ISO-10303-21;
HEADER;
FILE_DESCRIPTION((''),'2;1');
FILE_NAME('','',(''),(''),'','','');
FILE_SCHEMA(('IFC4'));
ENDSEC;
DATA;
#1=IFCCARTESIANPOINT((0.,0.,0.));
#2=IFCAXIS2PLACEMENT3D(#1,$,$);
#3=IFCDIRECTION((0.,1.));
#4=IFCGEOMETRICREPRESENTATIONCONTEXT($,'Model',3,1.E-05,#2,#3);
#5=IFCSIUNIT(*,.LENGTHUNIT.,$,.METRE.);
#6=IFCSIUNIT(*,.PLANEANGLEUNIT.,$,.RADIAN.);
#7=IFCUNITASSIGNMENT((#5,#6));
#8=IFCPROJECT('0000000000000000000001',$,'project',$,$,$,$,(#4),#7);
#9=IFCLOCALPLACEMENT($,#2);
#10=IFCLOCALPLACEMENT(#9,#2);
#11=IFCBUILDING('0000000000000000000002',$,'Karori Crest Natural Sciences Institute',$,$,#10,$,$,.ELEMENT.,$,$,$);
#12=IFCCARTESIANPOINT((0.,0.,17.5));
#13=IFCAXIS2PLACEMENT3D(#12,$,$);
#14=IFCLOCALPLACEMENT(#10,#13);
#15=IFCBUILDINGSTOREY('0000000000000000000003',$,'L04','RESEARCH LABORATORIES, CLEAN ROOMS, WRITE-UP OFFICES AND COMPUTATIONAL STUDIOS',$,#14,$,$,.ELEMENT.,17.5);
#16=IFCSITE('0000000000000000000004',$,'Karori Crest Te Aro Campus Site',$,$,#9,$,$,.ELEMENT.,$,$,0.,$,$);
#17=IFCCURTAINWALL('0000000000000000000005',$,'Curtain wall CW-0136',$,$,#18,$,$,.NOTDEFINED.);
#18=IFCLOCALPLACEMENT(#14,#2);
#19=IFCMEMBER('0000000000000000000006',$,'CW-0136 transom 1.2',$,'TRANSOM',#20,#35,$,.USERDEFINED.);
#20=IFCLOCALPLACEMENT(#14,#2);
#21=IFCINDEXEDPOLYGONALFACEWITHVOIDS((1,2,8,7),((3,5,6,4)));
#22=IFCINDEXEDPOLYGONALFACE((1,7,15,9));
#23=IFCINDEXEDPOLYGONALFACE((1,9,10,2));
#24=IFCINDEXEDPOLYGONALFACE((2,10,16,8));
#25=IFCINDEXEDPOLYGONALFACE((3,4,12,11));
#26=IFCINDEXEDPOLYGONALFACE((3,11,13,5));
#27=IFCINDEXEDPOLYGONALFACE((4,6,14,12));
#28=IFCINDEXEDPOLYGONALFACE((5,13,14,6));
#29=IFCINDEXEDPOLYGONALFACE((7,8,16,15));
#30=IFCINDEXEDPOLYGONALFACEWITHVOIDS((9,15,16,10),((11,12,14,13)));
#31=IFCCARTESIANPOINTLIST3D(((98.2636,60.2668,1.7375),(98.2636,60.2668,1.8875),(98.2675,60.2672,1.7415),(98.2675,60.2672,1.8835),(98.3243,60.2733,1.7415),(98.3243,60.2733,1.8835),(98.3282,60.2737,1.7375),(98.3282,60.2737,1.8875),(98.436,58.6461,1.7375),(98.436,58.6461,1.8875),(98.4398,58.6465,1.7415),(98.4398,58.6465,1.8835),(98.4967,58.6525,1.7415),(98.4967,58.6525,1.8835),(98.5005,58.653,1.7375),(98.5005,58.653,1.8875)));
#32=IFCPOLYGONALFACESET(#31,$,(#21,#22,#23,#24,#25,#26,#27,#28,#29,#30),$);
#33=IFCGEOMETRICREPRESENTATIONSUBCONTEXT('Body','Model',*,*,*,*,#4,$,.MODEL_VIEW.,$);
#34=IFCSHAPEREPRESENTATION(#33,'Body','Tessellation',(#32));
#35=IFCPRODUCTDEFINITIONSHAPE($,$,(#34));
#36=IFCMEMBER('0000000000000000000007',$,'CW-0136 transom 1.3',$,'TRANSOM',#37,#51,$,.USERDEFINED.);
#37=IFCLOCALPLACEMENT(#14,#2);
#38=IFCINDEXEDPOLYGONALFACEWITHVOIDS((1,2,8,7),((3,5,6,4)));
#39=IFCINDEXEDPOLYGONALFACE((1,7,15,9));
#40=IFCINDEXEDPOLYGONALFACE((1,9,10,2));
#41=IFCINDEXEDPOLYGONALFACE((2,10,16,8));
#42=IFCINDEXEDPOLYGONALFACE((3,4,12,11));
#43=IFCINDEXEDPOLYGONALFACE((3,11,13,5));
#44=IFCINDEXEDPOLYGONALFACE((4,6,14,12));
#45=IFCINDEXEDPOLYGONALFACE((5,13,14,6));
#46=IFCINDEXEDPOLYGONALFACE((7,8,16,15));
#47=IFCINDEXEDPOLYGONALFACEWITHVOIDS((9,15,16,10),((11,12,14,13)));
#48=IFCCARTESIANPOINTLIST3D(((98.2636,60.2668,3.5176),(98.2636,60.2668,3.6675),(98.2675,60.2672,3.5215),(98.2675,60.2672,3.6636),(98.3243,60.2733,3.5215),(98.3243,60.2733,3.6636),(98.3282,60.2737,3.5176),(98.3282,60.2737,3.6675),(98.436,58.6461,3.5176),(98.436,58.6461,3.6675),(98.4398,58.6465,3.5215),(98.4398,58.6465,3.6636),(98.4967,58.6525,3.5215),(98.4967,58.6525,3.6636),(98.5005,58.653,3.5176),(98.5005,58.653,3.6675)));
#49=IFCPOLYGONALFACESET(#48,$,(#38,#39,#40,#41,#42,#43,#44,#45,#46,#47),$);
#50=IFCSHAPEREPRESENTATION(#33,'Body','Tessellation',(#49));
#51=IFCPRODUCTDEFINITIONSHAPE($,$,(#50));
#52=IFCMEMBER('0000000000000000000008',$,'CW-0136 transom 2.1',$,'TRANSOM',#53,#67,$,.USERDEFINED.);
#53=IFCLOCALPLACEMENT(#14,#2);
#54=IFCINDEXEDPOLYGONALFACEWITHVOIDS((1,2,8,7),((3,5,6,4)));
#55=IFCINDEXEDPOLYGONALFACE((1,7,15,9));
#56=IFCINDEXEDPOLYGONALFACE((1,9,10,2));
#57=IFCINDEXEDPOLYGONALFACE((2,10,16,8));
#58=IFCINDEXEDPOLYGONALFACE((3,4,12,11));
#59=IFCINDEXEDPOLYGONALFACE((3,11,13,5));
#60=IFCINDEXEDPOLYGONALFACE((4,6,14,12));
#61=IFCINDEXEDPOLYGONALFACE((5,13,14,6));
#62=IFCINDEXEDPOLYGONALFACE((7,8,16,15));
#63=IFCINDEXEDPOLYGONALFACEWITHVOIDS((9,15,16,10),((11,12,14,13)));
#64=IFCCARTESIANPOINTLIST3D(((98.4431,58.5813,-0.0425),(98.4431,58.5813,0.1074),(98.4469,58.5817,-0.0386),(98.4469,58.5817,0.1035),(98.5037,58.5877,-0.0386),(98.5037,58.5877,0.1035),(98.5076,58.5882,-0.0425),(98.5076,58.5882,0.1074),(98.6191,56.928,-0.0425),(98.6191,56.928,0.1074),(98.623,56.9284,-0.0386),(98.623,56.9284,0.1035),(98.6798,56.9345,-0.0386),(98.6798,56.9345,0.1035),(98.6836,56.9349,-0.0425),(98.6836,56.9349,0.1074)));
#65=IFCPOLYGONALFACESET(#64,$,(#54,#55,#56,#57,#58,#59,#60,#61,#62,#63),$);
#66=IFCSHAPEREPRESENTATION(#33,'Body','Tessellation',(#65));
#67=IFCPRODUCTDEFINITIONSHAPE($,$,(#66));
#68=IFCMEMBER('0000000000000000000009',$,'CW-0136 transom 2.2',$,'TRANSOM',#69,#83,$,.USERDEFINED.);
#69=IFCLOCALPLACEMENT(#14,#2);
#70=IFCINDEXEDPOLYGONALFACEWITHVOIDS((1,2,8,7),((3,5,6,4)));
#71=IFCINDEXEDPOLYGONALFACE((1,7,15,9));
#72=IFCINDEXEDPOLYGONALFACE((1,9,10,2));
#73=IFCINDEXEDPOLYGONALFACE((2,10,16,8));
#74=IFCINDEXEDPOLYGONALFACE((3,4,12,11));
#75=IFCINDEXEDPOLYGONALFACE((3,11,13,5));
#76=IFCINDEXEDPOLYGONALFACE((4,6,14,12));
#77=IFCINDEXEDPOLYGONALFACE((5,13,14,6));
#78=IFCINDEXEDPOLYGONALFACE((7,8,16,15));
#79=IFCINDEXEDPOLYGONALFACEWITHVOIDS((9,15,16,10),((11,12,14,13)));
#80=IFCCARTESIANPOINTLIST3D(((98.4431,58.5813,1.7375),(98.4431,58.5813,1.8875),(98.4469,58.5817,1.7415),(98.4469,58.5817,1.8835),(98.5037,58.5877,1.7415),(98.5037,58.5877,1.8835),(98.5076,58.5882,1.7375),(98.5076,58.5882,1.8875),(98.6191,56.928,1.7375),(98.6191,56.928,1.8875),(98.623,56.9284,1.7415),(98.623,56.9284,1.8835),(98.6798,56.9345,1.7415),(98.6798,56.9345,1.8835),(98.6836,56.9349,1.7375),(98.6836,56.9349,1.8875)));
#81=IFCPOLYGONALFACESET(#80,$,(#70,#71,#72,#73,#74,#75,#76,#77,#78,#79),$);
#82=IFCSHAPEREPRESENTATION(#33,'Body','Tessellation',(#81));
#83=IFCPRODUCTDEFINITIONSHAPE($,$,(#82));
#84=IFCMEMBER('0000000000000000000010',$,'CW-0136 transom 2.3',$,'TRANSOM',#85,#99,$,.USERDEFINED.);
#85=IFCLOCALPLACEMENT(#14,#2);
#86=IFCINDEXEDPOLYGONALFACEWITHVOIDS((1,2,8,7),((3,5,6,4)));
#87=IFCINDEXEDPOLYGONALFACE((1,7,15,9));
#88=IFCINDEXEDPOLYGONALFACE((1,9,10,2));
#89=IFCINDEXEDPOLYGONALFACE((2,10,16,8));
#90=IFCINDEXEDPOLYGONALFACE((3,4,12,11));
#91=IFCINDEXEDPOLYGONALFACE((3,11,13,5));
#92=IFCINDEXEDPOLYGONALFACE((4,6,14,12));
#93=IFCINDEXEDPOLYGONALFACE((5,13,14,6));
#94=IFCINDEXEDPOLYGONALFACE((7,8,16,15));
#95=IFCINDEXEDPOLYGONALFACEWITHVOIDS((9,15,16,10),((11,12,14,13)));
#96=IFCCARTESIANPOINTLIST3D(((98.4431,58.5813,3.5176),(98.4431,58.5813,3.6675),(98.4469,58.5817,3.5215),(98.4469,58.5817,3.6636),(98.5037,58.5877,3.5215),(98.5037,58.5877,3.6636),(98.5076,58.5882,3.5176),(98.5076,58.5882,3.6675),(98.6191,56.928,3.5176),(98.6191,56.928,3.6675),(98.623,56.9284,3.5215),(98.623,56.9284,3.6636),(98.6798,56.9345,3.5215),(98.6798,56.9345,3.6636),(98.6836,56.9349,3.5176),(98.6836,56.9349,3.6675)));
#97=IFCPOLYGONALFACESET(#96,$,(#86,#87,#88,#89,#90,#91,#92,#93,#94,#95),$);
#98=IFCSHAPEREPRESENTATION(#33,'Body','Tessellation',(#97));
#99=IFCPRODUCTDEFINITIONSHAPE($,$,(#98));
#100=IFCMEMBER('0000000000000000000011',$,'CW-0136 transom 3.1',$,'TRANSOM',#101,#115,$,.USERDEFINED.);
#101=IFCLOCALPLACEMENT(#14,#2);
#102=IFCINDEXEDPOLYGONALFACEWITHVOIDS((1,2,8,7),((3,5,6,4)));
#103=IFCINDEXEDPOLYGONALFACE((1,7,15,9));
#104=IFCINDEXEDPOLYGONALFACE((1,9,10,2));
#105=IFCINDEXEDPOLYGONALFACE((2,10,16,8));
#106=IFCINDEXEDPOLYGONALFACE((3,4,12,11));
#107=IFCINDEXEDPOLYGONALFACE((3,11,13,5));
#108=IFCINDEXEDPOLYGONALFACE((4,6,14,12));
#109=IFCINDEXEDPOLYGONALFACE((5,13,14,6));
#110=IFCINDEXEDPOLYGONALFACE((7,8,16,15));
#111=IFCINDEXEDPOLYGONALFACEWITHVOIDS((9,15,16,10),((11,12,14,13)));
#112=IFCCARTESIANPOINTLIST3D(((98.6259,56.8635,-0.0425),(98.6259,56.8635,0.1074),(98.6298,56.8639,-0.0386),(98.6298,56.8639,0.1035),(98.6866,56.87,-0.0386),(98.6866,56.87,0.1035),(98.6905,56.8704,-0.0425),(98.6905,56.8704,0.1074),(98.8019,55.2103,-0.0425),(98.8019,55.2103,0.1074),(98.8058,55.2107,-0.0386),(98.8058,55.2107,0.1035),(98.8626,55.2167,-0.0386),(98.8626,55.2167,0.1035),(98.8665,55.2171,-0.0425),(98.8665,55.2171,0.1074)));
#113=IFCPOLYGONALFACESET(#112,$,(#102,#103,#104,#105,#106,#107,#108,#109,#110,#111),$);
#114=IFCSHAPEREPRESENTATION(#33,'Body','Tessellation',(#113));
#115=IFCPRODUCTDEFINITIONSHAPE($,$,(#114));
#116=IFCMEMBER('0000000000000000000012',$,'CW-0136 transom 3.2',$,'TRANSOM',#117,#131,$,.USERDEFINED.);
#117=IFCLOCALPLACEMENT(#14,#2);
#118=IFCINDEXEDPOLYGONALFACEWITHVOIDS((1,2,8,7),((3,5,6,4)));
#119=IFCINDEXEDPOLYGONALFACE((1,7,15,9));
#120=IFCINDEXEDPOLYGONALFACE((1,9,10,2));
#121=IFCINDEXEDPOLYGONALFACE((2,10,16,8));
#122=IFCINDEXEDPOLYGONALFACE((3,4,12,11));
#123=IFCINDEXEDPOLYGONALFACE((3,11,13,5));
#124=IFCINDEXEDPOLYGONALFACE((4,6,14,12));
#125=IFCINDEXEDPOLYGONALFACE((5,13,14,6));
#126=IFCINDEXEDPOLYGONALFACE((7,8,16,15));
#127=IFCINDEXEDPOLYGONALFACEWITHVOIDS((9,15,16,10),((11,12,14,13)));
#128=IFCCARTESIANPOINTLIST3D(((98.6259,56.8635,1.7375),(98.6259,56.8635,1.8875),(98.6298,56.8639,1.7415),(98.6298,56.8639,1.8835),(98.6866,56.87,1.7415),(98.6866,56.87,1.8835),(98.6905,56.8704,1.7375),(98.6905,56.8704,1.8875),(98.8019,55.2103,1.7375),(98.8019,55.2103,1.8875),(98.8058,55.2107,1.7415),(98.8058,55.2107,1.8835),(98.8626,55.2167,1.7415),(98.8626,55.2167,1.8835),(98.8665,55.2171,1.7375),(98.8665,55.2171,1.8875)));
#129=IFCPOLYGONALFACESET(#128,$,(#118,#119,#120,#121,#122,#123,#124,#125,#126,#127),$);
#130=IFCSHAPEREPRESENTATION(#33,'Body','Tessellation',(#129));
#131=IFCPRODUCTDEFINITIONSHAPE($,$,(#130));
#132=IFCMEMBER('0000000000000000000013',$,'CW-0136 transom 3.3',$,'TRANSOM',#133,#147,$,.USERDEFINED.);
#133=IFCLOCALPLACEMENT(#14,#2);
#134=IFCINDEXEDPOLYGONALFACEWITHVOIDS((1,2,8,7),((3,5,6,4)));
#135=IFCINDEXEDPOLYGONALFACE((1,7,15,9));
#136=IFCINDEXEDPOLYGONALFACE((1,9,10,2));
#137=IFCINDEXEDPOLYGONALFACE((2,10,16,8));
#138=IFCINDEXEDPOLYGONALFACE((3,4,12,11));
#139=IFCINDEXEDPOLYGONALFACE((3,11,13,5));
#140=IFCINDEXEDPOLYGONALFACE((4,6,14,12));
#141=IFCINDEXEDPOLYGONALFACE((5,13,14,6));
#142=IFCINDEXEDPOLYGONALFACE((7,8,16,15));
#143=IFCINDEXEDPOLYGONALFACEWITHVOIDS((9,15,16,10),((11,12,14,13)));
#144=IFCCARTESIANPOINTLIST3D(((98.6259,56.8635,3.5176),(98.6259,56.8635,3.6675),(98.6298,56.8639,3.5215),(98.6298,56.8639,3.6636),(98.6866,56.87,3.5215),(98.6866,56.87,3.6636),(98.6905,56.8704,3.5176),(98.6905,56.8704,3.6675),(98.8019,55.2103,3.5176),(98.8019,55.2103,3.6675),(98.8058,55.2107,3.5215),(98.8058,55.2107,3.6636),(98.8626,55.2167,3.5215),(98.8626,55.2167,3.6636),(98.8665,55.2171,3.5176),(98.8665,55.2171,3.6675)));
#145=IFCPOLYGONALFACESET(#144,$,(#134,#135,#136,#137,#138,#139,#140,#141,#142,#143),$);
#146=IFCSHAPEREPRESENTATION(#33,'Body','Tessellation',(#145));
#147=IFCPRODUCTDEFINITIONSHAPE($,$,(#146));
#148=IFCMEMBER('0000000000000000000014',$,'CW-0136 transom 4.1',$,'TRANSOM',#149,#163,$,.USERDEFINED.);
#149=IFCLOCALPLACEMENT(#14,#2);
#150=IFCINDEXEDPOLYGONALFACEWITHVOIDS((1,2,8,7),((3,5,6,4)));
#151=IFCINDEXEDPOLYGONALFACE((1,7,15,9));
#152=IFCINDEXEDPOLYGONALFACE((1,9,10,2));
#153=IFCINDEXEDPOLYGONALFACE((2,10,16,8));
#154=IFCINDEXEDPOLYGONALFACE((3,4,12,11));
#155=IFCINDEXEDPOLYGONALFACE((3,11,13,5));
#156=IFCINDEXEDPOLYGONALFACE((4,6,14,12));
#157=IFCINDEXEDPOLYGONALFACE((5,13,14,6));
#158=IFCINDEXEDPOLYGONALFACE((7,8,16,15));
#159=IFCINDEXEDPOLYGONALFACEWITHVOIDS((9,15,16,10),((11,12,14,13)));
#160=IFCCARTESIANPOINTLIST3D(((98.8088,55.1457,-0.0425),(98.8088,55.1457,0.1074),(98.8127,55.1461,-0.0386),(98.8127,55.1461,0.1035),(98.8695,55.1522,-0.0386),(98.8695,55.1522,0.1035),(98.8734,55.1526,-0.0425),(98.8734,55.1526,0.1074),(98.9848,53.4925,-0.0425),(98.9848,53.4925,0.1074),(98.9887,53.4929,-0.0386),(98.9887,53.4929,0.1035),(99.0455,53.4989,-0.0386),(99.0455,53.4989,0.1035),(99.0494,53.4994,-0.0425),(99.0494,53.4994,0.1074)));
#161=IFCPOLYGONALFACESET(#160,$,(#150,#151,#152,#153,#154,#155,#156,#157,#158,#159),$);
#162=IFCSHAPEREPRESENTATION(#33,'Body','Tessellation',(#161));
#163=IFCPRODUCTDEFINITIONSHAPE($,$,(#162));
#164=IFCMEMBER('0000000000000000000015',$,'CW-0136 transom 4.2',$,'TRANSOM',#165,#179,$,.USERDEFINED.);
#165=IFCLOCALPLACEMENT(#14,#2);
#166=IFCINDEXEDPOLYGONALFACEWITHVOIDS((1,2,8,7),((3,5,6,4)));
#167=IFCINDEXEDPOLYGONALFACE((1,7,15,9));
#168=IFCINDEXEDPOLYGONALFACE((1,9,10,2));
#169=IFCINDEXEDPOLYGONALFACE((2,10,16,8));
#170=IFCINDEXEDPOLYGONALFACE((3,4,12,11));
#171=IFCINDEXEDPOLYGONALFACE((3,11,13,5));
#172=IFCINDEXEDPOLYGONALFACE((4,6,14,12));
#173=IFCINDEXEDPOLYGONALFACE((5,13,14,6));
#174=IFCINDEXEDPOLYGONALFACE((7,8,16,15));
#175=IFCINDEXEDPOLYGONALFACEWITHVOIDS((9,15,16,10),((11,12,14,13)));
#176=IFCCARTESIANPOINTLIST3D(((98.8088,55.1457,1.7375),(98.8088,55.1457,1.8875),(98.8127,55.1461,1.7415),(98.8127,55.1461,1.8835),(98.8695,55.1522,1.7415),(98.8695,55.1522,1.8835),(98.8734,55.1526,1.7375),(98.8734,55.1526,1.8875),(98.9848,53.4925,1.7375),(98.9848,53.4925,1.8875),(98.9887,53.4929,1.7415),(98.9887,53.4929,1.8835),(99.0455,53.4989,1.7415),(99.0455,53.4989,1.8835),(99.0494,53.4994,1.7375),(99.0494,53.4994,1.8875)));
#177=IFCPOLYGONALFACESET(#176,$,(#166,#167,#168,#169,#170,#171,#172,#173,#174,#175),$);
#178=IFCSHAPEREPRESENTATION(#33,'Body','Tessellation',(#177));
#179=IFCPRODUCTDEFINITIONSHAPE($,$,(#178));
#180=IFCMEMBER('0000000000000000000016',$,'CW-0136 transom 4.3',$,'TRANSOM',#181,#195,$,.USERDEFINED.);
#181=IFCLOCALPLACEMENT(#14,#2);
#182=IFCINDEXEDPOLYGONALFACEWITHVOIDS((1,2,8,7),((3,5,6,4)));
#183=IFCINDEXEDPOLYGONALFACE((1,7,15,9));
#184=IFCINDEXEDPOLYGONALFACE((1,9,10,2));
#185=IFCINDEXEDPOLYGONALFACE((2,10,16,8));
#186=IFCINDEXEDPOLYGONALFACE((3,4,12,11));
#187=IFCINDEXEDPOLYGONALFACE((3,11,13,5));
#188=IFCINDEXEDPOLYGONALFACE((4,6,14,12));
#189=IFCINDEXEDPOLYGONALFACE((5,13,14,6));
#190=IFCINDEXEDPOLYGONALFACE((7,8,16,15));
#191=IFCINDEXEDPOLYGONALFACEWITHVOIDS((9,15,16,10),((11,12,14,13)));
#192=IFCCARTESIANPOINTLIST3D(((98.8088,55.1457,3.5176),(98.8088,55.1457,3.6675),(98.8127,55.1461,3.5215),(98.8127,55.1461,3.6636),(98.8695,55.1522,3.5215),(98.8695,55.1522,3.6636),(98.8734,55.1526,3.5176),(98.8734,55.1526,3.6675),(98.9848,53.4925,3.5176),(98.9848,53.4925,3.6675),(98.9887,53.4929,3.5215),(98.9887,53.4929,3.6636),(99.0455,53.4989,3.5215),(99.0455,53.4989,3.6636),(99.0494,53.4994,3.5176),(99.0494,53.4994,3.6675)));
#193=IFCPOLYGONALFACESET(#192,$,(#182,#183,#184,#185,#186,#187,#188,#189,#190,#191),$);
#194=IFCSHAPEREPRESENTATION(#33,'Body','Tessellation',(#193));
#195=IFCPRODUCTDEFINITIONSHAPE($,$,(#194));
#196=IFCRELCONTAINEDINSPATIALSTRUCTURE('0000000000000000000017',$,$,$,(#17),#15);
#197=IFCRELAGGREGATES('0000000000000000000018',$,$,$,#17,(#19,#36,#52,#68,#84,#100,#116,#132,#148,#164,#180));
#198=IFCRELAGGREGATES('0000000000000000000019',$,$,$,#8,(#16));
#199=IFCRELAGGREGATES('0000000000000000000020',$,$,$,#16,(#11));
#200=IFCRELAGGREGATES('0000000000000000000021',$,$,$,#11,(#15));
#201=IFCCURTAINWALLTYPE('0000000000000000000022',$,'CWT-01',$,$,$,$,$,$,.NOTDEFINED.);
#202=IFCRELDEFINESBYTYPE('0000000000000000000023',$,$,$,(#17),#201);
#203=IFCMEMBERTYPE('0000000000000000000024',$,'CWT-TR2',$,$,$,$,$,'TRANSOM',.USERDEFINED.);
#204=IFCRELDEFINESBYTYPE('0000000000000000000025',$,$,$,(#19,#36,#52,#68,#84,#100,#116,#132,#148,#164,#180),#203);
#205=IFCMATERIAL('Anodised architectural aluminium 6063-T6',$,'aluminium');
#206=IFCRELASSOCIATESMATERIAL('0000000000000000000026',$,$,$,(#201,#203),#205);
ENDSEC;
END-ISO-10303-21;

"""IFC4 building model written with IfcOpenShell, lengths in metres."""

from ifc_helpers import new_model, si_unit, direction, frame, origin, origin_2d, place, context, subcontext, project, spatial, hollow_rectangle, extrude, material, material_profile, profile_set, type_object, element, aggregate, save


model = new_model("IFC4")

# Units and contexts
model_context = context("Model", 3, precision=1e-05, world=origin(), true_north=direction((0.0, 1.0)))
body_context = subcontext(model_context, "Body", "Model", "MODEL_VIEW")
ifc_project = project(units=[si_unit("LENGTHUNIT", "METRE"), si_unit("PLANEANGLEUNIT", "RADIAN")], contexts=[model_context])

# Site, building, storey
site_placement = place(None, origin())
site = spatial("IfcSite", under=ifc_project, at=site_placement, Name="Karori Crest Te Aro Campus Site", CompositionType="ELEMENT", RefElevation=0.0)
building_placement = place(site_placement, origin())
building = spatial("IfcBuilding", under=site, at=building_placement, Name="Karori Crest Natural Sciences Institute", CompositionType="ELEMENT")
storey_placement = place(building_placement, frame((0.0, 0.0, 17.5)))
storey = spatial("IfcBuildingStorey", under=building, at=storey_placement, Name="L04", Description="RESEARCH LABORATORIES, CLEAN ROOMS, WRITE-UP OFFICES AND COMPUTATIONAL STUDIOS", CompositionType="ELEMENT", Elevation=17.5)

# Curtain wall
ifc_material_1 = material(Name="Anodised architectural aluminium 6063-T6", Category="aluminium")
curtain_wall_type_1 = type_object("IfcCurtainWallType", Name="CWT-01", PredefinedType="NOTDEFINED", material=ifc_material_1)
curtain_wall_1_placement = place(storey_placement, origin())
curtain_wall_1 = element("IfcCurtainWall", 1, at=curtain_wall_1_placement, inside=storey, type_object=curtain_wall_type_1, Name="Curtain wall CW-0136", PredefinedType="NOTDEFINED")

# Members
ifc_material_profile_1 = material_profile(ifc_material_1, hollow_rectangle(XDim=0.0649, YDim=0.1499, WallThickness=0.0039, at=origin_2d()), Name="CWT150x65x4")
ifc_profile_set_1 = profile_set([ifc_material_profile_1], Name="Anodised architectural aluminium 6063-T6")
member_type_1 = type_object("IfcMemberType", Name="CWT-TR2", ElementType="TRANSOM", PredefinedType="USERDEFINED", material=ifc_profile_set_1)
member_1_placement = place(storey_placement, frame((98.2959, 60.2703, 1.8125), z_axis=(0.105745, -0.994393, 0.0), x_axis=(0.994393, 0.105745, 0.0)))
member_1 = element("IfcMember", 2, at=member_1_placement, type_object=member_type_1, Name="CW-0136 transom 1.2", ObjectType="TRANSOM", PredefinedType="USERDEFINED", context=body_context, shape_type="SweptSolid", body=[
    extrude(hollow_rectangle(XDim=0.0649, YDim=0.1499, WallThickness=0.0039, at=origin_2d()), origin(), (0.0, 0.0, 1.0), 1.6299),
])
member_2_placement = place(storey_placement, frame((98.2959, 60.2703, 3.5925), z_axis=(0.105745, -0.994393, 0.0), x_axis=(0.994393, 0.105745, 0.0)))
member_2 = element("IfcMember", 3, at=member_2_placement, type_object=member_type_1, Name="CW-0136 transom 1.3", ObjectType="TRANSOM", PredefinedType="USERDEFINED", context=body_context, shape_type="SweptSolid", body=[
    extrude(hollow_rectangle(XDim=0.0649, YDim=0.1499, WallThickness=0.0039, at=origin_2d()), origin(), (0.0, 0.0, 1.0), 1.6299),
])
member_3_placement = place(storey_placement, frame((98.4753, 58.5847, 0.0325), z_axis=(0.105869, -0.99438, 0.0), x_axis=(0.99438, 0.105869, 0.0)))
member_3 = element("IfcMember", 4, at=member_3_placement, type_object=member_type_1, Name="CW-0136 transom 2.1", ObjectType="TRANSOM", PredefinedType="USERDEFINED", context=body_context, shape_type="SweptSolid", body=[
    extrude(hollow_rectangle(XDim=0.0649, YDim=0.1499, WallThickness=0.0039, at=origin_2d()), origin(), (0.0, 0.0, 1.0), 1.6626),
])
member_4_placement = place(storey_placement, frame((98.4753, 58.5847, 1.8125), z_axis=(0.105869, -0.99438, 0.0), x_axis=(0.99438, 0.105869, 0.0)))
member_4 = element("IfcMember", 5, at=member_4_placement, type_object=member_type_1, Name="CW-0136 transom 2.2", ObjectType="TRANSOM", PredefinedType="USERDEFINED", context=body_context, shape_type="SweptSolid", body=[
    extrude(hollow_rectangle(XDim=0.0649, YDim=0.1499, WallThickness=0.0039, at=origin_2d()), origin(), (0.0, 0.0, 1.0), 1.6626),
])
member_5_placement = place(storey_placement, frame((98.4753, 58.5847, 3.5925), z_axis=(0.105869, -0.99438, 0.0), x_axis=(0.99438, 0.105869, 0.0)))
member_5 = element("IfcMember", 6, at=member_5_placement, type_object=member_type_1, Name="CW-0136 transom 2.3", ObjectType="TRANSOM", PredefinedType="USERDEFINED", context=body_context, shape_type="SweptSolid", body=[
    extrude(hollow_rectangle(XDim=0.0649, YDim=0.1499, WallThickness=0.0039, at=origin_2d()), origin(), (0.0, 0.0, 1.0), 1.6626),
])
member_6_placement = place(storey_placement, frame((98.6582, 56.8669, 0.0325), z_axis=(0.105869, -0.99438, 0.0), x_axis=(0.99438, 0.105869, 0.0)))
member_6 = element("IfcMember", 7, at=member_6_placement, type_object=member_type_1, Name="CW-0136 transom 3.1", ObjectType="TRANSOM", PredefinedType="USERDEFINED", context=body_context, shape_type="SweptSolid", body=[
    extrude(hollow_rectangle(XDim=0.0649, YDim=0.1499, WallThickness=0.0039, at=origin_2d()), origin(), (0.0, 0.0, 1.0), 1.6626),
])
member_7_placement = place(storey_placement, frame((98.6582, 56.8669, 1.8125), z_axis=(0.105869, -0.99438, 0.0), x_axis=(0.99438, 0.105869, 0.0)))
member_7 = element("IfcMember", 8, at=member_7_placement, type_object=member_type_1, Name="CW-0136 transom 3.2", ObjectType="TRANSOM", PredefinedType="USERDEFINED", context=body_context, shape_type="SweptSolid", body=[
    extrude(hollow_rectangle(XDim=0.0649, YDim=0.1499, WallThickness=0.0039, at=origin_2d()), origin(), (0.0, 0.0, 1.0), 1.6626),
])
member_8_placement = place(storey_placement, frame((98.6582, 56.8669, 3.5925), z_axis=(0.105869, -0.99438, 0.0), x_axis=(0.99438, 0.105869, 0.0)))
member_8 = element("IfcMember", 9, at=member_8_placement, type_object=member_type_1, Name="CW-0136 transom 3.3", ObjectType="TRANSOM", PredefinedType="USERDEFINED", context=body_context, shape_type="SweptSolid", body=[
    extrude(hollow_rectangle(XDim=0.0649, YDim=0.1499, WallThickness=0.0039, at=origin_2d()), origin(), (0.0, 0.0, 1.0), 1.6626),
])
member_9_placement = place(storey_placement, frame((98.8411, 55.1492, 0.0325), z_axis=(0.105869, -0.99438, 0.0), x_axis=(0.99438, 0.105869, 0.0)))
member_9 = element("IfcMember", 10, at=member_9_placement, type_object=member_type_1, Name="CW-0136 transom 4.1", ObjectType="TRANSOM", PredefinedType="USERDEFINED", context=body_context, shape_type="SweptSolid", body=[
    extrude(hollow_rectangle(XDim=0.0649, YDim=0.1499, WallThickness=0.0039, at=origin_2d()), origin(), (0.0, 0.0, 1.0), 1.6626),
])
member_10_placement = place(storey_placement, frame((98.8411, 55.1492, 1.8125), z_axis=(0.105869, -0.99438, 0.0), x_axis=(0.99438, 0.105869, 0.0)))
member_10 = element("IfcMember", 11, at=member_10_placement, type_object=member_type_1, Name="CW-0136 transom 4.2", ObjectType="TRANSOM", PredefinedType="USERDEFINED", context=body_context, shape_type="SweptSolid", body=[
    extrude(hollow_rectangle(XDim=0.0649, YDim=0.1499, WallThickness=0.0039, at=origin_2d()), origin(), (0.0, 0.0, 1.0), 1.6626),
])
member_11_placement = place(storey_placement, frame((98.8411, 55.1492, 3.5925), z_axis=(0.105869, -0.99438, 0.0), x_axis=(0.99438, 0.105869, 0.0)))
member_11 = element("IfcMember", 12, at=member_11_placement, type_object=member_type_1, Name="CW-0136 transom 4.3", ObjectType="TRANSOM", PredefinedType="USERDEFINED", context=body_context, shape_type="SweptSolid", body=[
    extrude(hollow_rectangle(XDim=0.0649, YDim=0.1499, WallThickness=0.0039, at=origin_2d()), origin(), (0.0, 0.0, 1.0), 1.6626),
])

aggregate(curtain_wall_1, [member_1, member_2, member_3, member_4, member_5, member_6, member_7, member_8, member_9, member_10, member_11])

save(model, "model.ifc")
